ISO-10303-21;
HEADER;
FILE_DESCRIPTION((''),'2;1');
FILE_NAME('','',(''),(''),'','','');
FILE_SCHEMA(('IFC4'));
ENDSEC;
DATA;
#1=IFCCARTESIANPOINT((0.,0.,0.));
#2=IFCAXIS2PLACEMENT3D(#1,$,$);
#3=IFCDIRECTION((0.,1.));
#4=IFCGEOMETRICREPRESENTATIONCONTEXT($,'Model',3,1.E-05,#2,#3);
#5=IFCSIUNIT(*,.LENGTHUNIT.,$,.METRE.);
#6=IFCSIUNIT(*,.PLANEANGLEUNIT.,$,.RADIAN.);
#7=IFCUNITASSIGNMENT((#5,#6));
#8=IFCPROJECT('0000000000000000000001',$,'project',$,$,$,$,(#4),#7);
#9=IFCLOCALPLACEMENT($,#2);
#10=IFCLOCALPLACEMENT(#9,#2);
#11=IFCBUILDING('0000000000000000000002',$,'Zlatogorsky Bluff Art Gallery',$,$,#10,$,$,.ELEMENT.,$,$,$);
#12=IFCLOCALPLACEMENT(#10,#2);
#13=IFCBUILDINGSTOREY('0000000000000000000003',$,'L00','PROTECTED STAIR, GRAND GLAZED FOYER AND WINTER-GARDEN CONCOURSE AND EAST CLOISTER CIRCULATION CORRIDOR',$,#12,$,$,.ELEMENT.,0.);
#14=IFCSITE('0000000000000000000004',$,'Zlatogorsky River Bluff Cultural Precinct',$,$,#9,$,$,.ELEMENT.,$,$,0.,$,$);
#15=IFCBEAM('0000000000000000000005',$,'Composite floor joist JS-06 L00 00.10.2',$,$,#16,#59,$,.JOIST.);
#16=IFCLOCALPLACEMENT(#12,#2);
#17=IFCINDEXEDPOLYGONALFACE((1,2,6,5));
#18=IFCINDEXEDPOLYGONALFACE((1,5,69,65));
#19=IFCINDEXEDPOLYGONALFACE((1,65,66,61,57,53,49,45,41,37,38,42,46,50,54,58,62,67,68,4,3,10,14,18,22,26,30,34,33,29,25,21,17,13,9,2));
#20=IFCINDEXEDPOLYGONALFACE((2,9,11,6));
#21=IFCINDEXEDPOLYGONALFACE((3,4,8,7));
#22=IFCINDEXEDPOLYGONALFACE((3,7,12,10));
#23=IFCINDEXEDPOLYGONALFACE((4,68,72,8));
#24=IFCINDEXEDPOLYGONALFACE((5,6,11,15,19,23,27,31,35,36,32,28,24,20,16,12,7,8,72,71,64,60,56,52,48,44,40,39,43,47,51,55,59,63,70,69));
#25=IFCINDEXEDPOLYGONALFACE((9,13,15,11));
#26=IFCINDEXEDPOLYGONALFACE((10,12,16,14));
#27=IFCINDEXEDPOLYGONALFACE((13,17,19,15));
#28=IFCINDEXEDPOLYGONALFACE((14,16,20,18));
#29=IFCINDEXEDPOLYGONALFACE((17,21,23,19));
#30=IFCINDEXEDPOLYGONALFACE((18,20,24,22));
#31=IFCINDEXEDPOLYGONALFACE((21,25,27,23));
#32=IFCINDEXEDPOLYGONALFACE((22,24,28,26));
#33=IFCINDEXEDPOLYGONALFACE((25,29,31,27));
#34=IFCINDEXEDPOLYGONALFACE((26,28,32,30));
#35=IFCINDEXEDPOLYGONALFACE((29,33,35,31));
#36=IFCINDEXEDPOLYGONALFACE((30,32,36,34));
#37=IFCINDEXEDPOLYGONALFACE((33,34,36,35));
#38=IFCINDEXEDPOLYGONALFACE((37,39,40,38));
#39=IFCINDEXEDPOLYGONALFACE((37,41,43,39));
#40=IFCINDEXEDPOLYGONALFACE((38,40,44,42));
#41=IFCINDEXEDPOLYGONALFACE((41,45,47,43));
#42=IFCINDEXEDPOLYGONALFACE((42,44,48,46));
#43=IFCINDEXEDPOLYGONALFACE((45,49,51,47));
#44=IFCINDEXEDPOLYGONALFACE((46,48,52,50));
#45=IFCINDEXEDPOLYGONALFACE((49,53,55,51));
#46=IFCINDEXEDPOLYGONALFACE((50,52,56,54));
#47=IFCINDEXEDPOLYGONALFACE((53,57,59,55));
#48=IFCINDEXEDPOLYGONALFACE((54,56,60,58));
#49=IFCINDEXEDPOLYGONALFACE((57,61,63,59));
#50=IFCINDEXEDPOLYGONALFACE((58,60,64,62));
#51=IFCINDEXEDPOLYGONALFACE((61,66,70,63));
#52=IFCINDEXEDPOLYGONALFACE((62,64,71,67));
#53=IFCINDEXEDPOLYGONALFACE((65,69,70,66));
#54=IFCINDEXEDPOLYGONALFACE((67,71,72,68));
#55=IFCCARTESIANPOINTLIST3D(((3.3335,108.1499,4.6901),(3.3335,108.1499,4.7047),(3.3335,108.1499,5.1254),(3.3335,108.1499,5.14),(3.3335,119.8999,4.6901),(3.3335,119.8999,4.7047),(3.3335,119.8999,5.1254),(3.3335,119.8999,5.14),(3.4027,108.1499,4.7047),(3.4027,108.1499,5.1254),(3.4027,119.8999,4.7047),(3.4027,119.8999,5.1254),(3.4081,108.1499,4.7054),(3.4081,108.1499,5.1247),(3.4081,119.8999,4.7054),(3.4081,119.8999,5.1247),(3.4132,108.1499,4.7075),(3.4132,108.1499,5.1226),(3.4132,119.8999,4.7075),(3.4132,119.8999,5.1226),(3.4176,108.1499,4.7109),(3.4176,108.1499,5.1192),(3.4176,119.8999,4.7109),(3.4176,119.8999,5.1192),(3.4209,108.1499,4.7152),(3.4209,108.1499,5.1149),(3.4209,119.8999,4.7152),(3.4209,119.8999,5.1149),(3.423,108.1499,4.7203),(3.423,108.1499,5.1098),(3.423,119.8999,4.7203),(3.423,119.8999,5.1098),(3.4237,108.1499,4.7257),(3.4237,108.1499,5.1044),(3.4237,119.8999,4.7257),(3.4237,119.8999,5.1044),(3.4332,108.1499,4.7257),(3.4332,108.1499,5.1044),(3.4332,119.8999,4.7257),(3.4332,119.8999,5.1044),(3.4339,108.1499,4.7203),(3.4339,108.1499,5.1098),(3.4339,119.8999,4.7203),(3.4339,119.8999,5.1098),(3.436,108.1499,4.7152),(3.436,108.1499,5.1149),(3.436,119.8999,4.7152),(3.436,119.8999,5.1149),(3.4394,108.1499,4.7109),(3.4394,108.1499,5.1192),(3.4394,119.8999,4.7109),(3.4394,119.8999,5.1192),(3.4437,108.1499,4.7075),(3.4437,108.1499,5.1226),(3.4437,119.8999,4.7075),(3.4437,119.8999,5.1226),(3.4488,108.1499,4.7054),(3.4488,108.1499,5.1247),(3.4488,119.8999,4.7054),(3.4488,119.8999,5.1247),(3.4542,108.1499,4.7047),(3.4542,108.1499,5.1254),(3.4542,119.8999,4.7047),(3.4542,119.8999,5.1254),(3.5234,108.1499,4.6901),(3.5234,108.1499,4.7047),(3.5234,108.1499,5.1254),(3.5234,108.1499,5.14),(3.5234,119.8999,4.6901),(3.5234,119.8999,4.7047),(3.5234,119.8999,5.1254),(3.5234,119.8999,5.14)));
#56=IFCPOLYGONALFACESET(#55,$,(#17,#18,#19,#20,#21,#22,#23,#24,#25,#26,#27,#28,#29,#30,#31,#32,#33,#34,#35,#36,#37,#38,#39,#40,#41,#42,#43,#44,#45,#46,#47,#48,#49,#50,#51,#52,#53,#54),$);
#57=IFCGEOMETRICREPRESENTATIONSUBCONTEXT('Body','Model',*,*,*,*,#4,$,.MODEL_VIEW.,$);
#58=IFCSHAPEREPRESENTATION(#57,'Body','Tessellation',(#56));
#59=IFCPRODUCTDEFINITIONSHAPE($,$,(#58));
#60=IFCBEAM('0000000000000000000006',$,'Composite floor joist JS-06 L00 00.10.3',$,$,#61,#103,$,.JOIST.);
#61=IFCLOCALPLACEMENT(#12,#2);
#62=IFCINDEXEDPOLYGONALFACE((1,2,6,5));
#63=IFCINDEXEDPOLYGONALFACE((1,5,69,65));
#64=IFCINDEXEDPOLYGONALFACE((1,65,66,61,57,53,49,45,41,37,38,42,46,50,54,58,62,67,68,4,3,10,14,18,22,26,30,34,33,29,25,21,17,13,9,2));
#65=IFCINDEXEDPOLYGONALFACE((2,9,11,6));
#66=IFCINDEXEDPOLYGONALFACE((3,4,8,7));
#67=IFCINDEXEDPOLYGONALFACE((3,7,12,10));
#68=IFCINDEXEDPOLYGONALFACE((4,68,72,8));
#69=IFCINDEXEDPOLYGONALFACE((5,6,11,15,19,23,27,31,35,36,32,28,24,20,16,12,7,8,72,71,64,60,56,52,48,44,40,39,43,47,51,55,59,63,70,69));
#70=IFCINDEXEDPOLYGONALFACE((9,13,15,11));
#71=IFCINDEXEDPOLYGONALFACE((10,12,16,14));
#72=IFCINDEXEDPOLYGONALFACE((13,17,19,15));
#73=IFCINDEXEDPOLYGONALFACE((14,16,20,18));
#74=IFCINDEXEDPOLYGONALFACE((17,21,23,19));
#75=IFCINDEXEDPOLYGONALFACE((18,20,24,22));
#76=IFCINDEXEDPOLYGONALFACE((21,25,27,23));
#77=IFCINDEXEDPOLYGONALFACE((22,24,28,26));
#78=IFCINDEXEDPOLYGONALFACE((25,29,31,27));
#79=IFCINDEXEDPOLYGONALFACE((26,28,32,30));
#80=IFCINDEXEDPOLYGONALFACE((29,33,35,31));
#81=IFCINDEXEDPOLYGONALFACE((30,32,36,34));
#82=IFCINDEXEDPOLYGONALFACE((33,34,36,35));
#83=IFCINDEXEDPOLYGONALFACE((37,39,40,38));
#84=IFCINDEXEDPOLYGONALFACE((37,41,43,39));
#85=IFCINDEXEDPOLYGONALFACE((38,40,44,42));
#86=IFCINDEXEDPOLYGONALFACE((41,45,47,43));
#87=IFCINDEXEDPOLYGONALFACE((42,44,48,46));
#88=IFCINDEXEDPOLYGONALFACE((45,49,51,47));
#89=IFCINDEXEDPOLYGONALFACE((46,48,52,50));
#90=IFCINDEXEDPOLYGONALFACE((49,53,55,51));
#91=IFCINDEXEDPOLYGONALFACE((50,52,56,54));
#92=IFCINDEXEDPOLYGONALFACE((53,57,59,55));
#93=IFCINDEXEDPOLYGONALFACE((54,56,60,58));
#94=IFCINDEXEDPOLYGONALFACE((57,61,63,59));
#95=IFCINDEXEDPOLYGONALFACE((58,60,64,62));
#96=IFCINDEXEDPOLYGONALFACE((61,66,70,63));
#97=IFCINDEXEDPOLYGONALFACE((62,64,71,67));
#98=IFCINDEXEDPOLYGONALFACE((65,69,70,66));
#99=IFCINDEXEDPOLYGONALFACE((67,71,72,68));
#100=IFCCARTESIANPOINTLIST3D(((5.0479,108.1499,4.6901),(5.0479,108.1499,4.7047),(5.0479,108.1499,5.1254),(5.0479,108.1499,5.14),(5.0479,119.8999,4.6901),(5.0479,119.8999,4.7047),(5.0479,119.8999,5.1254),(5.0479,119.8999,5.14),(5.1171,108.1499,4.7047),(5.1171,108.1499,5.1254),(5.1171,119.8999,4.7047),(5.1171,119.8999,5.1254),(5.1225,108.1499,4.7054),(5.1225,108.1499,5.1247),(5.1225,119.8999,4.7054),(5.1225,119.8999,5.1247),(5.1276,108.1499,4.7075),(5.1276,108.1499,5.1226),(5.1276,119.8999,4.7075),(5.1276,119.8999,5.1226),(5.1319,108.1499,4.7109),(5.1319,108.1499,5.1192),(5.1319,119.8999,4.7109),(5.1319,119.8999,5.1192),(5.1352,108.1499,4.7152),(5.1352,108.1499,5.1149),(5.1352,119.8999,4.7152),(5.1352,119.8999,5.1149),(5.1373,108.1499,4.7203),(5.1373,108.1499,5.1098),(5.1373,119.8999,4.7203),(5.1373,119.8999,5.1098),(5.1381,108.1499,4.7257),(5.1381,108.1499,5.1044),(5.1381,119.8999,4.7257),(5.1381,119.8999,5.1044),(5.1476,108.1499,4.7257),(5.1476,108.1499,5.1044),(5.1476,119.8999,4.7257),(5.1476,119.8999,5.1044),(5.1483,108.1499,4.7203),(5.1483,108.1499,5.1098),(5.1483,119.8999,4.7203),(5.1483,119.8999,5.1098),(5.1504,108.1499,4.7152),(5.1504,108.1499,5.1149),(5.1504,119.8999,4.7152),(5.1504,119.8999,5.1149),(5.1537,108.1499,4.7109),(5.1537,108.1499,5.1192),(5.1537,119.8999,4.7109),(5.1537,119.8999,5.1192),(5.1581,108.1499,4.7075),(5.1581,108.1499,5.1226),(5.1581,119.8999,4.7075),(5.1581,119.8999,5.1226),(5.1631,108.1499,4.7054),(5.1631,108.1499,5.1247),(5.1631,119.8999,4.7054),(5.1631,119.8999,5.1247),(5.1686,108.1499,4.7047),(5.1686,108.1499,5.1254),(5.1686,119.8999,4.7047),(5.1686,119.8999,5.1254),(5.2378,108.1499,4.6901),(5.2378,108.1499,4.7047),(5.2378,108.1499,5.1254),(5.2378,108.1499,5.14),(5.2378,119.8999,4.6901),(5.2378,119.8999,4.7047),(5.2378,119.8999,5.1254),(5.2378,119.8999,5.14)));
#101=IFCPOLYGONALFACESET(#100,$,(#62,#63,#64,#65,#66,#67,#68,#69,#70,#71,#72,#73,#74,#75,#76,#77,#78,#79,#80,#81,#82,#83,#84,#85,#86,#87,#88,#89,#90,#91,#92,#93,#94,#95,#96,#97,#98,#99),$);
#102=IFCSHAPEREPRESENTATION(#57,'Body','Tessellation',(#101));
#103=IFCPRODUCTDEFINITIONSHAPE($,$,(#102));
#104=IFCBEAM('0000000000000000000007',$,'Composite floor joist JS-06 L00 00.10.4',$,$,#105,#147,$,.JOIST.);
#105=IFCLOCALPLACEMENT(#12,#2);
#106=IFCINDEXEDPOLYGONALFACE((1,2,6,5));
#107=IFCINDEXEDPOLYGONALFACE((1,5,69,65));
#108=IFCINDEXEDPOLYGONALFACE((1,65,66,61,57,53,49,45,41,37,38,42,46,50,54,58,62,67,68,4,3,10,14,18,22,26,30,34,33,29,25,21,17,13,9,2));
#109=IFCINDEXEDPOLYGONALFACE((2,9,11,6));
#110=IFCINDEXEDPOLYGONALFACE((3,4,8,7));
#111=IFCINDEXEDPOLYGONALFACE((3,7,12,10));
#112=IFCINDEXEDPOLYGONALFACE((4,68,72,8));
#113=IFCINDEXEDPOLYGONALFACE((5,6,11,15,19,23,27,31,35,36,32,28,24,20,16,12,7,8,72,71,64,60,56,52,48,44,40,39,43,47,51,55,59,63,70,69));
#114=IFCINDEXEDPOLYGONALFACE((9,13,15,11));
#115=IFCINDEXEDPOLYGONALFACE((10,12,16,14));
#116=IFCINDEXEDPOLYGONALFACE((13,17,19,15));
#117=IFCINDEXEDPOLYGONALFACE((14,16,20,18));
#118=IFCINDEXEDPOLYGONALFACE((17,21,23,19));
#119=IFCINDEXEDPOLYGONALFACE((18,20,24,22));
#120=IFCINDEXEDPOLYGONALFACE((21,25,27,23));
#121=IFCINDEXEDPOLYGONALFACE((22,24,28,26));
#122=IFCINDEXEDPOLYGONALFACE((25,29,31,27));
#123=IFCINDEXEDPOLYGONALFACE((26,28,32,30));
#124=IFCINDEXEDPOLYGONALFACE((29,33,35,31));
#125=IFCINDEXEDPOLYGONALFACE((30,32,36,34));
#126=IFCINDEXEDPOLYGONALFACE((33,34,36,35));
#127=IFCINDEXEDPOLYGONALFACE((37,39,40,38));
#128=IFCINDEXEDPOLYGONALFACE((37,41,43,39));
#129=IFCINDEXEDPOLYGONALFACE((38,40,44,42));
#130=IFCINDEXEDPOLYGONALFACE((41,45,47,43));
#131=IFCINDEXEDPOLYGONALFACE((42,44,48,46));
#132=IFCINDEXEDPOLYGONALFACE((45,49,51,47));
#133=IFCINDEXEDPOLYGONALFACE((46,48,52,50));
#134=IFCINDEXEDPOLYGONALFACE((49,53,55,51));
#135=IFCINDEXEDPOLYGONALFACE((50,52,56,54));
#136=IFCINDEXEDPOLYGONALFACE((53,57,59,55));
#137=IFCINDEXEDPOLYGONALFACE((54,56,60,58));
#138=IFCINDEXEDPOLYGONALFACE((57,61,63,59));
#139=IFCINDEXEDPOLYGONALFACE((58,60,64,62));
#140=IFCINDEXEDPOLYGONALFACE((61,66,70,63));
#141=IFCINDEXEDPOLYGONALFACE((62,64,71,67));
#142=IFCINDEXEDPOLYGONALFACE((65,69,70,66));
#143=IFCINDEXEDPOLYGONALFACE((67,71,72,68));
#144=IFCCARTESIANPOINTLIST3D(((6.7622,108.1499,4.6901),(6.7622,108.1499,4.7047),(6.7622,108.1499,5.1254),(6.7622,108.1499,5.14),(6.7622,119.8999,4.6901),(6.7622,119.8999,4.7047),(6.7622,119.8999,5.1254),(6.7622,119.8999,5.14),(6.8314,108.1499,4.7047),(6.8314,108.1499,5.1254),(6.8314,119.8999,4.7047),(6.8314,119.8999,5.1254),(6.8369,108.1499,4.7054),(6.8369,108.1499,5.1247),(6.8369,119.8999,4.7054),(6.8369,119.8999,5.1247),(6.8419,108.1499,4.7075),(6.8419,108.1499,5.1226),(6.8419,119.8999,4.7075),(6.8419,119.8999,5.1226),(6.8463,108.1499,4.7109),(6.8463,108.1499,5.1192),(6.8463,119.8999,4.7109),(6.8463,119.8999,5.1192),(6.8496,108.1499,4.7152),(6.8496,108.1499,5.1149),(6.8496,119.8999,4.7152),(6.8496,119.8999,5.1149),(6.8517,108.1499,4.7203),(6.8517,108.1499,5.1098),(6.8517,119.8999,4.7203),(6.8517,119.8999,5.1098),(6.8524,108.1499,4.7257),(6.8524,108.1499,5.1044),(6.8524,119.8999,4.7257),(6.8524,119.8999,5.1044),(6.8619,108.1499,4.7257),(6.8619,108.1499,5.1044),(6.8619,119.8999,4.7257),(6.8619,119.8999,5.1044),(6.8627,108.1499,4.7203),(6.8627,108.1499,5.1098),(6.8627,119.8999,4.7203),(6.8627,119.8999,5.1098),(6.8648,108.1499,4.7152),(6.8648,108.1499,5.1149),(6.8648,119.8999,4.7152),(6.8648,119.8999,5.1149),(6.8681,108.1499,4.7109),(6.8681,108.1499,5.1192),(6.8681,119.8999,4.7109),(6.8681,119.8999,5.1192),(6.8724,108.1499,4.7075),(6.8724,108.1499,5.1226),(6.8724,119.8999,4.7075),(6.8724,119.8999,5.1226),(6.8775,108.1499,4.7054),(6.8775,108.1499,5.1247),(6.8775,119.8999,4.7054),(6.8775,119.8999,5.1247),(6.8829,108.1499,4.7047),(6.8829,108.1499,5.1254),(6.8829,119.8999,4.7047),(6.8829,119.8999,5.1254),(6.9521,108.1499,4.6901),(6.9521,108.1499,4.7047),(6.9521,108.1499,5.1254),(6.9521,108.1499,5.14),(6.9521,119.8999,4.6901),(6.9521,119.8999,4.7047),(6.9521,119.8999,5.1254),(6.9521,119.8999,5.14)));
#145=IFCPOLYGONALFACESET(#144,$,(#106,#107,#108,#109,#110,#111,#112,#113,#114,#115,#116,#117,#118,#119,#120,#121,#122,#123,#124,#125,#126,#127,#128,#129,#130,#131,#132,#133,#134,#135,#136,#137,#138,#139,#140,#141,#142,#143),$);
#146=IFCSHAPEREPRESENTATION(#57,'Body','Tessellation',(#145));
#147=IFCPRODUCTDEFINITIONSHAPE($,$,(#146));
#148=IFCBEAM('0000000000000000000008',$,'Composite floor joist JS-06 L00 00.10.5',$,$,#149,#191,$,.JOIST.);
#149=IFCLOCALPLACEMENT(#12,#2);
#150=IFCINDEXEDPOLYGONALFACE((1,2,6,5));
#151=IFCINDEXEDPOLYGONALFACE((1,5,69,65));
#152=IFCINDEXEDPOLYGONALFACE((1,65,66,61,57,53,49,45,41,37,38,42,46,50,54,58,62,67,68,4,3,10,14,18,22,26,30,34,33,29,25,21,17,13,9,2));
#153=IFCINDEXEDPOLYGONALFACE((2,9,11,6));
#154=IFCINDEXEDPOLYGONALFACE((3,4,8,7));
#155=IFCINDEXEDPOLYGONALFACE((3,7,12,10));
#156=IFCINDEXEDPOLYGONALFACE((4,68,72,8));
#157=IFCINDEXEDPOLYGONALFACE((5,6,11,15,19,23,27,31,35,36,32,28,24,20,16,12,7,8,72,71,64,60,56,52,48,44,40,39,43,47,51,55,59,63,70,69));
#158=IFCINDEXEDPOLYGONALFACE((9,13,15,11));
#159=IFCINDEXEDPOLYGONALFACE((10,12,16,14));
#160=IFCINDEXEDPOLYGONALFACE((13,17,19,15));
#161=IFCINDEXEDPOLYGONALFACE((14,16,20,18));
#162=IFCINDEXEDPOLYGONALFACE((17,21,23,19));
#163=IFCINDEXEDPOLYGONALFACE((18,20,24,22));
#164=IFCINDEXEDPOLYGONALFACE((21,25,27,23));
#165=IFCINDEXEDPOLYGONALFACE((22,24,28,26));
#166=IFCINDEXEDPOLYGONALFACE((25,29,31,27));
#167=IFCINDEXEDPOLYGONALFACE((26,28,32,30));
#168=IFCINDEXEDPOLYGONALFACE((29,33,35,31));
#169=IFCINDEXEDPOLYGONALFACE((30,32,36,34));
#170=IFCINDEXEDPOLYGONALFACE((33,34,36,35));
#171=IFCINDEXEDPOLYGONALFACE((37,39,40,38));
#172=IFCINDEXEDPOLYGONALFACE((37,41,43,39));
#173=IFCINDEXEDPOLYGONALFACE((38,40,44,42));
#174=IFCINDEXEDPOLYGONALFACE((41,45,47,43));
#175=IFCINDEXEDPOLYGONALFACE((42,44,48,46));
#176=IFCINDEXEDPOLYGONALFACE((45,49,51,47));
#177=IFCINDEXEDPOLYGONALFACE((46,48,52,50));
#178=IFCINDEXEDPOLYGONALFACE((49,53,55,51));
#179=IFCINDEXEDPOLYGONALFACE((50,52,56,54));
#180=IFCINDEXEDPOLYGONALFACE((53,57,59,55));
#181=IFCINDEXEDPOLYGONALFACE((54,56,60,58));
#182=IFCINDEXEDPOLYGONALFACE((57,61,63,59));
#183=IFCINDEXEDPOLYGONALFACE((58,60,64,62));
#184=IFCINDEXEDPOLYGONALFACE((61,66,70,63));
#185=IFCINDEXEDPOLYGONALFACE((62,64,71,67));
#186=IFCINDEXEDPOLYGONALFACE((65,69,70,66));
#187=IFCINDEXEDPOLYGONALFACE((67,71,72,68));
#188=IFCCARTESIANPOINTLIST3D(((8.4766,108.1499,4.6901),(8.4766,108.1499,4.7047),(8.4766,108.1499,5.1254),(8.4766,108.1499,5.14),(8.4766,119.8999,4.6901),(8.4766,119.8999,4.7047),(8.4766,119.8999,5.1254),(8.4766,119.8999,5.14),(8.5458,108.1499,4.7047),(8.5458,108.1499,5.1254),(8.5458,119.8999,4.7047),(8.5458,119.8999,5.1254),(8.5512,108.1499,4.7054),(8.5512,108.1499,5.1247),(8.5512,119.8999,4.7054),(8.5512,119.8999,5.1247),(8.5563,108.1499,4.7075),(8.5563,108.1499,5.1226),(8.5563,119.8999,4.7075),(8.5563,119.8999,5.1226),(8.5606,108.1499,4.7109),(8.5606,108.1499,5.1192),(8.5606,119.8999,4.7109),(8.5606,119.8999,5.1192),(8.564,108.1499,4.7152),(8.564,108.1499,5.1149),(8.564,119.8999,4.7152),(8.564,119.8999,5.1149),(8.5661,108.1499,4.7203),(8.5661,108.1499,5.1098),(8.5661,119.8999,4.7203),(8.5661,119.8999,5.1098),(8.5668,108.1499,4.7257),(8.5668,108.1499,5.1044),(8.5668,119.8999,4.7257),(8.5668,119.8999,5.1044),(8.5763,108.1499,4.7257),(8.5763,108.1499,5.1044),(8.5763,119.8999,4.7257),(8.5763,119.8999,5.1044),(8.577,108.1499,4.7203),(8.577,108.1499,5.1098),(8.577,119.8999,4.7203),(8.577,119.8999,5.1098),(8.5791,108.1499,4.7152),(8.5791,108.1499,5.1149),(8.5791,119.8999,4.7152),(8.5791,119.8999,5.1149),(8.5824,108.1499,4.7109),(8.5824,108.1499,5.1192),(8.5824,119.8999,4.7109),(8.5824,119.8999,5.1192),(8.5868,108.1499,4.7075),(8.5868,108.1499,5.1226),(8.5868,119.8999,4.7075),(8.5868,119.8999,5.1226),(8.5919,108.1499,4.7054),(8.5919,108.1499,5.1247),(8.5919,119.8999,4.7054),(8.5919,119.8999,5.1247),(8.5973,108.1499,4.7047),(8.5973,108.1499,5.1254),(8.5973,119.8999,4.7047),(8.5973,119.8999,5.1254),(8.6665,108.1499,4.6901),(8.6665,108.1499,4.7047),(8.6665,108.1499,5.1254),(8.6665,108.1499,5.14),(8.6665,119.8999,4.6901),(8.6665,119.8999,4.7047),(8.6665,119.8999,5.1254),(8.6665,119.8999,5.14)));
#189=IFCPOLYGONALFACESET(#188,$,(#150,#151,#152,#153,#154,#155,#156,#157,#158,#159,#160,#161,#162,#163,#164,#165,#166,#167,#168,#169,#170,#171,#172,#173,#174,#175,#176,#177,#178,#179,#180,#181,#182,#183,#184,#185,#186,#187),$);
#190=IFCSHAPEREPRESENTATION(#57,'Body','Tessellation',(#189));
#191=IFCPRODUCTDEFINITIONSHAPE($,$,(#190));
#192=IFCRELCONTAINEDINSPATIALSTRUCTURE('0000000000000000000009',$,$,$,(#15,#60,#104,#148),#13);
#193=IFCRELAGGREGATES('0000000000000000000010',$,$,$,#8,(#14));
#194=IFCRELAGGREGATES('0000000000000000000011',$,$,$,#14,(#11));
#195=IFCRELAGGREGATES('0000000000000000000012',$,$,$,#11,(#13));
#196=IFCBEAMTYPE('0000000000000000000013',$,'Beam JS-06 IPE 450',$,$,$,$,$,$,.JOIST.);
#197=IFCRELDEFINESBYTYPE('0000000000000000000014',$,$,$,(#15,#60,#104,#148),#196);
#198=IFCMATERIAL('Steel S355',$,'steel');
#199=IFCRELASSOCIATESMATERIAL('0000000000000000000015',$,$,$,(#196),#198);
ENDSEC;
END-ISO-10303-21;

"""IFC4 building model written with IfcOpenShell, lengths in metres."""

from ifc_helpers import new_model, si_unit, direction, frame, origin, origin_2d, place, context, subcontext, project, spatial, i_section, extrude, material, material_profile, profile_set, type_object, element, save


model = new_model("IFC4")

# Units and contexts
model_context = context("Model", 3, precision=1e-05, world=origin(), true_north=direction((0.0, 1.0)))
body_context = subcontext(model_context, "Body", "Model", "MODEL_VIEW")
ifc_project = project(units=[si_unit("LENGTHUNIT", "METRE"), si_unit("PLANEANGLEUNIT", "RADIAN")], contexts=[model_context])

# Site, building, storey
site_placement = place(None, origin())
site = spatial("IfcSite", under=ifc_project, at=site_placement, Name="Zlatogorsky River Bluff Cultural Precinct", CompositionType="ELEMENT", RefElevation=0.0)
building_placement = place(site_placement, origin())
building = spatial("IfcBuilding", under=site, at=building_placement, Name="Zlatogorsky Bluff Art Gallery", CompositionType="ELEMENT")
storey_placement = place(building_placement, origin())
storey = spatial("IfcBuildingStorey", under=building, at=storey_placement, Name="L00", Description="PROTECTED STAIR, GRAND GLAZED FOYER AND WINTER-GARDEN CONCOURSE AND EAST CLOISTER CIRCULATION CORRIDOR", CompositionType="ELEMENT", Elevation=0.0)

# Beams
ifc_material_1 = material(Name="Steel S355", Category="steel")
ifc_material_profile_1 = material_profile(ifc_material_1, i_section(OverallWidth=0.1899, OverallDepth=0.45, WebThickness=0.0095, FlangeThickness=0.0146, FilletRadius=0.021, at=origin_2d()), Name="IPE 450")
ifc_profile_set_1 = profile_set([ifc_material_profile_1], Name="Steel S355")
beam_type_1 = type_object("IfcBeamType", Name="Beam JS-06 IPE 450", PredefinedType="JOIST", material=ifc_profile_set_1)
for number, where, z_axis, x_axis, name in (
    (1, (3.4285, 108.1499, 4.915), (0.0, 1.0, 0.0), (-1.0, 0.0, 0.0), "Composite floor joist JS-06 L00 00.10.2"),
    (2, (5.1428, 108.1499, 4.915), (0.0, 1.0, 0.0), (-1.0, 0.0, 0.0), "Composite floor joist JS-06 L00 00.10.3"),
    (3, (6.8572, 108.1499, 4.915), (0.0, 1.0, 0.0), (-1.0, 0.0, 0.0), "Composite floor joist JS-06 L00 00.10.4"),
    (4, (8.5715, 108.1499, 4.915), (0.0, 1.0, 0.0), (-1.0, 0.0, 0.0), "Composite floor joist JS-06 L00 00.10.5"),
):
    element("IfcBeam", number, at=place(storey_placement, frame(where, z_axis=z_axis, x_axis=x_axis)), inside=storey, type_object=beam_type_1, Name=name, PredefinedType="JOIST", context=body_context, shape_type="SweptSolid", body=[
        extrude(i_section(OverallWidth=0.1899, OverallDepth=0.45, WebThickness=0.0095, FlangeThickness=0.0146, FilletRadius=0.021, at=origin_2d()), origin(), (0.0, 0.0, 1.0), 11.75),
    ])

save(model, "model.ifc")
